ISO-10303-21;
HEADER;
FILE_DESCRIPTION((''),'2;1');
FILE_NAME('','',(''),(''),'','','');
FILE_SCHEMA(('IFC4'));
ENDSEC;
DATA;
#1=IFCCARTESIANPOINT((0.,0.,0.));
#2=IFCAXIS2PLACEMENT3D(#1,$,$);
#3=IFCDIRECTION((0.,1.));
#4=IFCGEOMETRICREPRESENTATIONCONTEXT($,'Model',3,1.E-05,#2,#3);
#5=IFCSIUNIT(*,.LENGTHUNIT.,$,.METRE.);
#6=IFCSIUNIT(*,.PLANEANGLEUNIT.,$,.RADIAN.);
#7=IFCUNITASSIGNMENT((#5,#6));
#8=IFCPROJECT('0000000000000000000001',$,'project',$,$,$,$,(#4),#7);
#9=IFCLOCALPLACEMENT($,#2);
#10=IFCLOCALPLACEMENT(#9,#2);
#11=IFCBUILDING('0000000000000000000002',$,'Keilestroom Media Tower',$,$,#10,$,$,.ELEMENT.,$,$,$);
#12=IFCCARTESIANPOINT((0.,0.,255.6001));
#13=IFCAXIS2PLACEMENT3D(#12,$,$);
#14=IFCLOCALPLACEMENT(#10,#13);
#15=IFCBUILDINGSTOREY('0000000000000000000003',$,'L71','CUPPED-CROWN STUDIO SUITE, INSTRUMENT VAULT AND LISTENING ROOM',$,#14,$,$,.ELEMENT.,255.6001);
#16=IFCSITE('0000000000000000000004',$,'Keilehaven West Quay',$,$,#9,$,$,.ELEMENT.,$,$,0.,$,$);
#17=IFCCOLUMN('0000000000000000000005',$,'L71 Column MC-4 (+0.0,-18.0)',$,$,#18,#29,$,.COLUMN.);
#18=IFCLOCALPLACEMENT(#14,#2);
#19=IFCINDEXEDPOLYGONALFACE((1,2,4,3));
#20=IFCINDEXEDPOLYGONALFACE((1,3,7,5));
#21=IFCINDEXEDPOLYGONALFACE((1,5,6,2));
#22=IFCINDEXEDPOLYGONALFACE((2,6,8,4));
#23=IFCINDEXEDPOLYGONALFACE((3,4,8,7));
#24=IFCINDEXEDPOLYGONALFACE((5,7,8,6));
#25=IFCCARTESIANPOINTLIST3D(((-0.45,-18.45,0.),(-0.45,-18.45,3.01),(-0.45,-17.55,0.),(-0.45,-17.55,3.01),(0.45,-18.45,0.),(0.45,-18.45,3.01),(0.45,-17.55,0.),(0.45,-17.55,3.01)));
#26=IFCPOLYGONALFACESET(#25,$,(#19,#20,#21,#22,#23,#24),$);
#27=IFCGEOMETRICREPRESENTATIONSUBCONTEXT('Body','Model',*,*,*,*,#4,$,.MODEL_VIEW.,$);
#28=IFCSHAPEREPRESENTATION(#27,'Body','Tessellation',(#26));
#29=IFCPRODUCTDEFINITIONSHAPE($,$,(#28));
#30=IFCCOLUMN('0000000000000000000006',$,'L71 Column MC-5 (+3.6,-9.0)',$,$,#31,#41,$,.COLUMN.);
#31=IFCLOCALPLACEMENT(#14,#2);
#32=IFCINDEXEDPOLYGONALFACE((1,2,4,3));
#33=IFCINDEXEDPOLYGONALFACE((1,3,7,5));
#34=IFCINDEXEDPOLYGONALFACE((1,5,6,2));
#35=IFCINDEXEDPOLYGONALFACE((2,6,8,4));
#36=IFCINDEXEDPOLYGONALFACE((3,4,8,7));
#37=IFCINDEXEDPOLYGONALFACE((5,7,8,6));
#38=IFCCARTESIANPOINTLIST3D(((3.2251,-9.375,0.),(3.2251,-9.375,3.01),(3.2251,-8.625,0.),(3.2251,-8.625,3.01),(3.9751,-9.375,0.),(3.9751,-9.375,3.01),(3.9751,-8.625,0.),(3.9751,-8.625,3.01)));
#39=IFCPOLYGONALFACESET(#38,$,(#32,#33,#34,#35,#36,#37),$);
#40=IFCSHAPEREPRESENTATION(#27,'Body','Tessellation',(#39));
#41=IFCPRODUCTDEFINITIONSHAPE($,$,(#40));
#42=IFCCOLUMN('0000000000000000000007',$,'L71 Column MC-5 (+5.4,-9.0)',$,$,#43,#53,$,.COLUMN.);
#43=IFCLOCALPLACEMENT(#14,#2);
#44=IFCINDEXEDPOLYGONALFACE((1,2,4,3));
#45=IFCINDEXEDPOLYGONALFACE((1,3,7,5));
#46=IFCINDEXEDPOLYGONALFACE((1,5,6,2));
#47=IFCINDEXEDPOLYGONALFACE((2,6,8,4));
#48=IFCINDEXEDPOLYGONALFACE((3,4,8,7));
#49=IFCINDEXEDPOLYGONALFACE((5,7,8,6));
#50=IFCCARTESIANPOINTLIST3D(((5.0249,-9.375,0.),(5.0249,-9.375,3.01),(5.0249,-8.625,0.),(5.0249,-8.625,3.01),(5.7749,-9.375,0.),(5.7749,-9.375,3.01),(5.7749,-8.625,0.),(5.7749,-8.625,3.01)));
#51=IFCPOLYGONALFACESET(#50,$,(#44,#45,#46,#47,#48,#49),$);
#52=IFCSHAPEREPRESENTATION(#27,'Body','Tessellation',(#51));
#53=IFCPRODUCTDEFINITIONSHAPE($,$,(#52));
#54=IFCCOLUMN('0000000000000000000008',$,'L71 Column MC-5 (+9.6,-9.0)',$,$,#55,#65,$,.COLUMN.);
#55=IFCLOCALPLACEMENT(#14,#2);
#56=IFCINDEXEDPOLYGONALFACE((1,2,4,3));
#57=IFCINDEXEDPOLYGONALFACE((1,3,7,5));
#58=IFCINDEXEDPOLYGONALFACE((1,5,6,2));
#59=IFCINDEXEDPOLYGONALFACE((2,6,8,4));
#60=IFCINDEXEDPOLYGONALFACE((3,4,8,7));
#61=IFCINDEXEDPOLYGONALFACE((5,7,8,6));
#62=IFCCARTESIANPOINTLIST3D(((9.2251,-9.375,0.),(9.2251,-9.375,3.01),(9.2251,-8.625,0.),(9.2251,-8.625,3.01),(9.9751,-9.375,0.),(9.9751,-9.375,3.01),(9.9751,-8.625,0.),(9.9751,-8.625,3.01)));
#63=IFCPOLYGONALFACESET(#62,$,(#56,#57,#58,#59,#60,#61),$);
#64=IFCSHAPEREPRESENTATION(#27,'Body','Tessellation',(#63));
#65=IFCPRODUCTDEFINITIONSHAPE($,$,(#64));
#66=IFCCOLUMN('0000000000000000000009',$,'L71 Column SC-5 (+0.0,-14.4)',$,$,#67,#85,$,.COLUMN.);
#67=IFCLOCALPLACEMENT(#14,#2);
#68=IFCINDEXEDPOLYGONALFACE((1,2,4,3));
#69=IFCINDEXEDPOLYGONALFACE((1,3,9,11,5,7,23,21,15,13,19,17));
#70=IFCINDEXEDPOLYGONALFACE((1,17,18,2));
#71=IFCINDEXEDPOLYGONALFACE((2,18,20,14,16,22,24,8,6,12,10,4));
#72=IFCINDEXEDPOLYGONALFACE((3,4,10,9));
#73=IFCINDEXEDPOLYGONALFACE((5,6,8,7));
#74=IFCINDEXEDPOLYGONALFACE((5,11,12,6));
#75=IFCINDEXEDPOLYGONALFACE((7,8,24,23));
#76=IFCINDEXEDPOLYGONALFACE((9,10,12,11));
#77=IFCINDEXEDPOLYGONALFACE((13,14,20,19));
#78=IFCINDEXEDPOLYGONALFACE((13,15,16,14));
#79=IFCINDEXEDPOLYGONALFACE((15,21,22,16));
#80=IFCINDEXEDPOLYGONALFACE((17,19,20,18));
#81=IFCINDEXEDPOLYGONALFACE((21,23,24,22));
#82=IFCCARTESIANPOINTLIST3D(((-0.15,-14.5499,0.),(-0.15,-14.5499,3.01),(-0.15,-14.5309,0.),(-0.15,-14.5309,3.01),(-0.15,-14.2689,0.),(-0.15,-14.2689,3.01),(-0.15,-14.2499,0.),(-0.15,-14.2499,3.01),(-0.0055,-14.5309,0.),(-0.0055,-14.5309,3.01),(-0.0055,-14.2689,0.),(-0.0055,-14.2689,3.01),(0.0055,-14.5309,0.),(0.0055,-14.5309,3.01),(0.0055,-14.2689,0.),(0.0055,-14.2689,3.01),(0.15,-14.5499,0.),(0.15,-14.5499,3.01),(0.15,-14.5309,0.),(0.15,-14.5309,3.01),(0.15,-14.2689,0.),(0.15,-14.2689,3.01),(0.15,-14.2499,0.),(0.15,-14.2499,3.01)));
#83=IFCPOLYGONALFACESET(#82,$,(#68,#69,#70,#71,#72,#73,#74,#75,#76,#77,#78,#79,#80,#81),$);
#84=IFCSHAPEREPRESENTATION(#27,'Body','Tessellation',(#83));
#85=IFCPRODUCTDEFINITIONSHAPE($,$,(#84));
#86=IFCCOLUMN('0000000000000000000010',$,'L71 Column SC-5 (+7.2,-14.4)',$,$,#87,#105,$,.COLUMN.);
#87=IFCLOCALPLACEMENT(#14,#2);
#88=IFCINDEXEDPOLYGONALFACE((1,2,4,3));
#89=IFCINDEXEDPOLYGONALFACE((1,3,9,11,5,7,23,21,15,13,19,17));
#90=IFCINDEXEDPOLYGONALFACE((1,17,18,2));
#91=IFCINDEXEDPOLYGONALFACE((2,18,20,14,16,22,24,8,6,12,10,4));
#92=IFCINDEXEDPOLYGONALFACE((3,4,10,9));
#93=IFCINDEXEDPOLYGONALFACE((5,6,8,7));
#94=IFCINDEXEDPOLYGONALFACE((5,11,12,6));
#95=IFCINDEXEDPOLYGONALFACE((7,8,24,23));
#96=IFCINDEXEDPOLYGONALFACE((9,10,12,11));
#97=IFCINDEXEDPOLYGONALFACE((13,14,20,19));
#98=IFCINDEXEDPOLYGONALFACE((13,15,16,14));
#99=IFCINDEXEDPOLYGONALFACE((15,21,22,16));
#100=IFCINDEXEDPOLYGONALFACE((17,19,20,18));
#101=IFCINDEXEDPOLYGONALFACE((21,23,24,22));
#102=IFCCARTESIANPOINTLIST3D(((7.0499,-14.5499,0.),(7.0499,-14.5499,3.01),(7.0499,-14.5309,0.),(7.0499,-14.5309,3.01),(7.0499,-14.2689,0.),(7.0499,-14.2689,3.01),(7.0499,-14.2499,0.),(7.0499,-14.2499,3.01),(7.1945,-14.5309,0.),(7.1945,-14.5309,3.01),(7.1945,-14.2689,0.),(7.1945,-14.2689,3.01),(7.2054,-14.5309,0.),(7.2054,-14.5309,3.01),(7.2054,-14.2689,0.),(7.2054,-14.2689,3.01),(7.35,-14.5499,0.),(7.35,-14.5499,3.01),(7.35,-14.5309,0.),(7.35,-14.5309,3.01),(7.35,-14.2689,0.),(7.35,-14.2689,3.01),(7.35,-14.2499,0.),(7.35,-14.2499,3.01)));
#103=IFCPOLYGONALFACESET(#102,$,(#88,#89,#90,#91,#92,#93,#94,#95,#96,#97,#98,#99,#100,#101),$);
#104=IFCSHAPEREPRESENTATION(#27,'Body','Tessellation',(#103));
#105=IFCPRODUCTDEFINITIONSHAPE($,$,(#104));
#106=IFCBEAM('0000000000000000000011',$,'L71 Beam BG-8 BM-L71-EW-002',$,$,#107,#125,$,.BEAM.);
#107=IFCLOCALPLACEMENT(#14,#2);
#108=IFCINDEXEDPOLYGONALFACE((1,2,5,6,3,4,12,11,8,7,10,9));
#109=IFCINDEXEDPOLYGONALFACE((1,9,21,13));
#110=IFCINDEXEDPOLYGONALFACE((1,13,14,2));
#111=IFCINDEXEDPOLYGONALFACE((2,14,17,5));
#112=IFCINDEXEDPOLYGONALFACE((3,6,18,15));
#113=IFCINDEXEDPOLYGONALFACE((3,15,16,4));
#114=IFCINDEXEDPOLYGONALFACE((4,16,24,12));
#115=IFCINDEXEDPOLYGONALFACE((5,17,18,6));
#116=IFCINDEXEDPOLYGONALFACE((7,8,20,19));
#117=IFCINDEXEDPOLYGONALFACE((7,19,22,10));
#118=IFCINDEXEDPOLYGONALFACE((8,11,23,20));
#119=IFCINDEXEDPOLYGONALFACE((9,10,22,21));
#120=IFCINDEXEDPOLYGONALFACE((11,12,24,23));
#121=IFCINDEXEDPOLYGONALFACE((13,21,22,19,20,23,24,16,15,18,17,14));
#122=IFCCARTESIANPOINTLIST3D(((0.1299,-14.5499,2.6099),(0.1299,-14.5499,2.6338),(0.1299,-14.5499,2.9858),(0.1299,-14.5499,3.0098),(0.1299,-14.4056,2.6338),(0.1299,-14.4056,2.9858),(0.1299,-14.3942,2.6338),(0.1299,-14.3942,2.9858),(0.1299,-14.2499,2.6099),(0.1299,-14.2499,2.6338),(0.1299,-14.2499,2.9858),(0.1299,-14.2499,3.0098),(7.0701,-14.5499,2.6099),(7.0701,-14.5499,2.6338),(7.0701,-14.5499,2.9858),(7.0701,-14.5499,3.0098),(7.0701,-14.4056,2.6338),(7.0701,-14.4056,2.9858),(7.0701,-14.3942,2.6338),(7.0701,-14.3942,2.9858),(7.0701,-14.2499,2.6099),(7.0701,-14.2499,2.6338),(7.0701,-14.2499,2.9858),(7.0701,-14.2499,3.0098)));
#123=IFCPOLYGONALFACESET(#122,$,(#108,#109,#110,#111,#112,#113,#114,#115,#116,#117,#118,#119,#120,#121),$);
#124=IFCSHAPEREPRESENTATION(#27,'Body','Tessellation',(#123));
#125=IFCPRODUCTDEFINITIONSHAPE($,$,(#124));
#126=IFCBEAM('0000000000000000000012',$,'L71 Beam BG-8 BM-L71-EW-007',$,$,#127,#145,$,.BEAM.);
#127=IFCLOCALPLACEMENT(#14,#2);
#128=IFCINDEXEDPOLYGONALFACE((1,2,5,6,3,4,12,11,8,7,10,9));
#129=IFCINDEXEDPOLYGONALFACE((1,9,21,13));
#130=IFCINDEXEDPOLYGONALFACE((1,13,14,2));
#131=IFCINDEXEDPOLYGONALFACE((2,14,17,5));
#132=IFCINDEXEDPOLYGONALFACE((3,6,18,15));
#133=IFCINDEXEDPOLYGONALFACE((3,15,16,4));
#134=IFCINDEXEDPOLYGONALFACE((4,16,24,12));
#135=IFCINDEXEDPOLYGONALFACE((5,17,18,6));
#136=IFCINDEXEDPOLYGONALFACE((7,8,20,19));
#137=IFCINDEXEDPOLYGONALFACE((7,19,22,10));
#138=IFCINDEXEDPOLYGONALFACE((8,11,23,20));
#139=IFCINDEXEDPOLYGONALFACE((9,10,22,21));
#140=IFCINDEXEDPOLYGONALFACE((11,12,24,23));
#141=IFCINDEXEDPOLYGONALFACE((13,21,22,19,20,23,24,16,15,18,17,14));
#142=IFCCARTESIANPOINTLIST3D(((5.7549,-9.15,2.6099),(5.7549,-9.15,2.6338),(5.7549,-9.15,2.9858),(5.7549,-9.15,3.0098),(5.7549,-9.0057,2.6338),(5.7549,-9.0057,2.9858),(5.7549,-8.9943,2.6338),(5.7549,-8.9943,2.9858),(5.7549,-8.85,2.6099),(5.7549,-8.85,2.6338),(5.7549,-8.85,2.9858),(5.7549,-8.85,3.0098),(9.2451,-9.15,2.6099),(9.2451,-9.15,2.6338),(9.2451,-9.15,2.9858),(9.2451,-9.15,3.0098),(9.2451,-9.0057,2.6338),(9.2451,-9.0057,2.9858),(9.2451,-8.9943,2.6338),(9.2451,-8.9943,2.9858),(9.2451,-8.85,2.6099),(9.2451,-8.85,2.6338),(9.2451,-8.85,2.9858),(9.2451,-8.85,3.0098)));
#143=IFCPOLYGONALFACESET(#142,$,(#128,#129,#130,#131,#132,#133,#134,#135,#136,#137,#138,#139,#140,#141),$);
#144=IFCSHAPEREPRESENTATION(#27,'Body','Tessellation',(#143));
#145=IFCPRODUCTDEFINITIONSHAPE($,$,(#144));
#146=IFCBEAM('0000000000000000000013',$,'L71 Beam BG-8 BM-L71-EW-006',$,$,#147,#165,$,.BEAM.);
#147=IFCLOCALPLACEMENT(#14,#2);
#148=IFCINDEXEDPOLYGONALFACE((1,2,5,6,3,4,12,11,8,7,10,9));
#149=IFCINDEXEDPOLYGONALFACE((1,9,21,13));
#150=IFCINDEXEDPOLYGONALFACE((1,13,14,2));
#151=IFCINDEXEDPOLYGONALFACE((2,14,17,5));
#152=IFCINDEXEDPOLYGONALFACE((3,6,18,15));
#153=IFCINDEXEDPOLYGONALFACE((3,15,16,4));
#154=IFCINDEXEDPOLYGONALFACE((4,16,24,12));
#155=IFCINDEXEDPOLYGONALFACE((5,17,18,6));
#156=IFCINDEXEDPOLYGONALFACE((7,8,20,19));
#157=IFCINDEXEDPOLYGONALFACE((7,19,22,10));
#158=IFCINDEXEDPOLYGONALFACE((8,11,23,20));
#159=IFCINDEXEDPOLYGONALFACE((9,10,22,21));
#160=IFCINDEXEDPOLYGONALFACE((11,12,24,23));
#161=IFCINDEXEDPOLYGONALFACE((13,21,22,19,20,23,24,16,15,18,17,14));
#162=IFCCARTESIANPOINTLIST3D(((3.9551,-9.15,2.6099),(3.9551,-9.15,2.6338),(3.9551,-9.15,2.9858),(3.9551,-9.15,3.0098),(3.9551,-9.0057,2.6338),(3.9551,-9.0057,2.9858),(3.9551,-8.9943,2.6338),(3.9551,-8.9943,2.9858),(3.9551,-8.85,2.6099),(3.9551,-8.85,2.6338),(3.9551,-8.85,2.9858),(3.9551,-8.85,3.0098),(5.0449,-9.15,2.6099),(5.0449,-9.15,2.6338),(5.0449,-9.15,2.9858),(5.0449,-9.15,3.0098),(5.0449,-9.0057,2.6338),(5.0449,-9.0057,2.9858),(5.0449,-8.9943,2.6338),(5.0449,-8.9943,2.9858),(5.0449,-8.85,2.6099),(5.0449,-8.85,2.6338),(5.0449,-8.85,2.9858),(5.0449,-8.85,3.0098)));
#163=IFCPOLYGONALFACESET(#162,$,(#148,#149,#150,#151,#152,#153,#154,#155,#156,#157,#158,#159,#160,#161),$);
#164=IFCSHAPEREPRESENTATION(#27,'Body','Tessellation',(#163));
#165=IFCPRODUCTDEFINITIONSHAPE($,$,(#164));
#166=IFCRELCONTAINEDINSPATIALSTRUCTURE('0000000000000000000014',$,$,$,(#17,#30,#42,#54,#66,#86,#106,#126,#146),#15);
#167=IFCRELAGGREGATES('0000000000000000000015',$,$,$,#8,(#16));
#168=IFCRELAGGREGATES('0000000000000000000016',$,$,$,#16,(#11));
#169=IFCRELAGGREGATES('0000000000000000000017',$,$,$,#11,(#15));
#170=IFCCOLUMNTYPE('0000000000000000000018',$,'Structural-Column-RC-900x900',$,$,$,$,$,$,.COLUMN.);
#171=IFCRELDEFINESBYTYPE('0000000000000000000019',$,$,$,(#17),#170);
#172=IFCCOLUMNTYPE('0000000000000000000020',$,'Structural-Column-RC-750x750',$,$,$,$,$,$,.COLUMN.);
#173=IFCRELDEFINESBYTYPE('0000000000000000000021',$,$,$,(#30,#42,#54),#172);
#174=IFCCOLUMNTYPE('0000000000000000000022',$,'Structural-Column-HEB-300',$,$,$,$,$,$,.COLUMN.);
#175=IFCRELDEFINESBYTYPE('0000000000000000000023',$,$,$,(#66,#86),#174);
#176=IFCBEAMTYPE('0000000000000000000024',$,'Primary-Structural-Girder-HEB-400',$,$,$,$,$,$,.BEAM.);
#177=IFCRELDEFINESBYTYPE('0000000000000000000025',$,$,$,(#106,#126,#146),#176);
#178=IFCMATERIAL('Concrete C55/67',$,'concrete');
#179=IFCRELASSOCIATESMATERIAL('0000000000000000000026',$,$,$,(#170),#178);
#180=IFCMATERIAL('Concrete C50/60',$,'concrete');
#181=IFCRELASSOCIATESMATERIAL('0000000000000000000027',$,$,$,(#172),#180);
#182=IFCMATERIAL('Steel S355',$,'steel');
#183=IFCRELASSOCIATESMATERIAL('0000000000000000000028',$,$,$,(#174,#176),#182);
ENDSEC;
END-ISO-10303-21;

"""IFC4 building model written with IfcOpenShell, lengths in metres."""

from ifc_helpers import new_model, si_unit, direction, frame, origin, origin_2d, place, context, subcontext, project, spatial, rectangle, i_section, extrude, source, transform, mapped, material, material_profile, profile_set, type_object, element, save


model = new_model("IFC4")

# Units and contexts
model_context = context("Model", 3, precision=1e-05, world=origin(), true_north=direction((0.0, 1.0)))
body_context = subcontext(model_context, "Body", "Model", "MODEL_VIEW")
ifc_project = project(units=[si_unit("LENGTHUNIT", "METRE"), si_unit("PLANEANGLEUNIT", "RADIAN")], contexts=[model_context])

# Site, building, storey
site_placement = place(None, origin())
site = spatial("IfcSite", under=ifc_project, at=site_placement, Name="Keilehaven West Quay", CompositionType="ELEMENT", RefElevation=0.0)
building_placement = place(site_placement, origin())
building = spatial("IfcBuilding", under=site, at=building_placement, Name="Keilestroom Media Tower", CompositionType="ELEMENT")
storey_placement = place(building_placement, frame((0.0, 0.0, 255.6001)))
storey = spatial("IfcBuildingStorey", under=building, at=storey_placement, Name="L71", Description="CUPPED-CROWN STUDIO SUITE, INSTRUMENT VAULT AND LISTENING ROOM", CompositionType="ELEMENT", Elevation=255.6001)

# Columns
ifc_material_1 = material(Name="Concrete C55/67", Category="concrete")
ifc_material_profile_1 = material_profile(ifc_material_1, rectangle(XDim=0.8999, YDim=0.8999, at=origin_2d()), Name="RC 900x900")
ifc_profile_set_1 = profile_set([ifc_material_profile_1], Name="Concrete C55/67")
column_type_1 = type_object("IfcColumnType", Name="Structural-Column-RC-900x900", PredefinedType="COLUMN", material=ifc_profile_set_1)
shared_shape_1 = source(origin(), body_context, "Body", "SweptSolid", [
    extrude(rectangle(XDim=0.8999, YDim=0.8999, at=origin_2d()), origin(), (0.0, 0.0, 1.0), 3.01),
])
column_placement = place(storey_placement, frame((0.0, -18.0, 0.0), z_axis=(0.0, 0.0, 1.0), x_axis=(1.0, 0.0, 0.0)))
element("IfcColumn", 1, at=column_placement, inside=storey, type_object=column_type_1, Name="L71 Column MC-4 (+0.0,-18.0)", PredefinedType="COLUMN", context=body_context, shape_type="MappedRepresentation", body=[
    mapped(shared_shape_1, transform((0.0, 0.0, 0.0), x_axis=(1.0, 0.0, 0.0), y_axis=(0.0, 1.0, 0.0), z_axis=(0.0, 0.0, 1.0), scale=1.0)),
])
ifc_material_2 = material(Name="Concrete C50/60", Category="concrete")
ifc_material_profile_2 = material_profile(ifc_material_2, rectangle(XDim=0.75, YDim=0.75, at=origin_2d()), Name="RC 750x750")
ifc_profile_set_2 = profile_set([ifc_material_profile_2], Name="Concrete C50/60")
column_type_2 = type_object("IfcColumnType", Name="Structural-Column-RC-750x750", PredefinedType="COLUMN", material=ifc_profile_set_2)
shared_shape_2 = source(origin(), body_context, "Body", "SweptSolid", [
    extrude(rectangle(XDim=0.75, YDim=0.75, at=origin_2d()), origin(), (0.0, 0.0, 1.0), 3.01),
])
for number, where, z_axis, x_axis, name in (
    (2, (3.6001, -9.0, 0.0), (0.0, 0.0, 1.0), (1.0, 0.0, 0.0), "L71 Column MC-5 (+3.6,-9.0)"),
    (3, (5.3999, -9.0, 0.0), (0.0, 0.0, 1.0), (1.0, 0.0, 0.0), "L71 Column MC-5 (+5.4,-9.0)"),
    (4, (9.6001, -9.0, 0.0), (0.0, 0.0, 1.0), (1.0, 0.0, 0.0), "L71 Column MC-5 (+9.6,-9.0)"),
):
    element("IfcColumn", number, at=place(storey_placement, frame(where, z_axis=z_axis, x_axis=x_axis)), inside=storey, type_object=column_type_2, Name=name, PredefinedType="COLUMN", context=body_context, shape_type="MappedRepresentation", body=[
        mapped(shared_shape_2, transform((0.0, 0.0, 0.0), x_axis=(1.0, 0.0, 0.0), y_axis=(0.0, 1.0, 0.0), z_axis=(0.0, 0.0, 1.0), scale=1.0)),
    ])
ifc_material_3 = material(Name="Steel S355", Category="steel")
ifc_material_profile_3 = material_profile(ifc_material_3, i_section(OverallWidth=0.3, OverallDepth=0.3, WebThickness=0.011, FlangeThickness=0.019, at=origin_2d()), Name="HEB 300")
ifc_profile_set_3 = profile_set([ifc_material_profile_3], Name="Steel S355")
column_type_3 = type_object("IfcColumnType", Name="Structural-Column-HEB-300", PredefinedType="COLUMN", material=ifc_profile_set_3)
shared_shape_3 = source(origin(), body_context, "Body", "SweptSolid", [
    extrude(i_section(OverallWidth=0.3, OverallDepth=0.3, WebThickness=0.011, FlangeThickness=0.019, at=origin_2d()), origin(), (0.0, 0.0, 1.0), 3.01),
])
for number, where, z_axis, x_axis, name in (
    (5, (0.0, -14.3999, 0.0), (0.0, 0.0, 1.0), (1.0, 0.0, 0.0), "L71 Column SC-5 (+0.0,-14.4)"),
    (6, (7.2, -14.3999, 0.0), (0.0, 0.0, 1.0), (1.0, 0.0, 0.0), "L71 Column SC-5 (+7.2,-14.4)"),
):
    element("IfcColumn", number, at=place(storey_placement, frame(where, z_axis=z_axis, x_axis=x_axis)), inside=storey, type_object=column_type_3, Name=name, PredefinedType="COLUMN", context=body_context, shape_type="MappedRepresentation", body=[
        mapped(shared_shape_3, transform((0.0, 0.0, 0.0), x_axis=(1.0, 0.0, 0.0), y_axis=(0.0, 1.0, 0.0), z_axis=(0.0, 0.0, 1.0), scale=1.0)),
    ])

# Beams
ifc_material_profile_4 = material_profile(ifc_material_3, i_section(OverallWidth=0.3, OverallDepth=0.3999, WebThickness=0.0115, FlangeThickness=0.0239, at=origin_2d()), Name="HEB 400")
ifc_profile_set_4 = profile_set([ifc_material_profile_4], Name="Steel S355")
beam_type_1 = type_object("IfcBeamType", Name="Primary-Structural-Girder-HEB-400", PredefinedType="BEAM", material=ifc_profile_set_4)
shared_shape_4 = source(origin(), body_context, "Body", "SweptSolid", [
    extrude(i_section(OverallWidth=0.3, OverallDepth=0.3999, WebThickness=0.0115, FlangeThickness=0.0239, at=origin_2d()), origin(), (0.0, 0.0, 1.0), 6.9402),
])
beam_1_placement = place(storey_placement, frame((0.1299, -14.3999, 2.8098), z_axis=(1.0, 0.0, 0.0), x_axis=(0.0, 1.0, 0.0)))
element("IfcBeam", 7, at=beam_1_placement, inside=storey, type_object=beam_type_1, Name="L71 Beam BG-8 BM-L71-EW-002", PredefinedType="BEAM", context=body_context, shape_type="MappedRepresentation", body=[
    mapped(shared_shape_4, transform((0.0, 0.0, 0.0), x_axis=(1.0, 0.0, 0.0), y_axis=(0.0, 1.0, 0.0), z_axis=(0.0, 0.0, 1.0), scale=1.0)),
])
shared_shape_5 = source(origin(), body_context, "Body", "SweptSolid", [
    extrude(i_section(OverallWidth=0.3, OverallDepth=0.3999, WebThickness=0.0115, FlangeThickness=0.0239, at=origin_2d()), origin(), (0.0, 0.0, 1.0), 3.4902),
])
beam_2_placement = place(storey_placement, frame((5.7549, -9.0, 2.8098), z_axis=(1.0, 0.0, 0.0), x_axis=(0.0, 1.0, 0.0)))
element("IfcBeam", 8, at=beam_2_placement, inside=storey, type_object=beam_type_1, Name="L71 Beam BG-8 BM-L71-EW-007", PredefinedType="BEAM", context=body_context, shape_type="MappedRepresentation", body=[
    mapped(shared_shape_5, transform((0.0, 0.0, 0.0), x_axis=(1.0, 0.0, 0.0), y_axis=(0.0, 1.0, 0.0), z_axis=(0.0, 0.0, 1.0), scale=1.0)),
])
shared_shape_6 = source(origin(), body_context, "Body", "SweptSolid", [
    extrude(i_section(OverallWidth=0.3, OverallDepth=0.3999, WebThickness=0.0115, FlangeThickness=0.0239, at=origin_2d()), origin(), (0.0, 0.0, 1.0), 1.0898),
])
beam_3_placement = place(storey_placement, frame((3.9551, -9.0, 2.8098), z_axis=(1.0, 0.0, 0.0), x_axis=(0.0, 1.0, 0.0)))
element("IfcBeam", 9, at=beam_3_placement, inside=storey, type_object=beam_type_1, Name="L71 Beam BG-8 BM-L71-EW-006", PredefinedType="BEAM", context=body_context, shape_type="MappedRepresentation", body=[
    mapped(shared_shape_6, transform((0.0, 0.0, 0.0), x_axis=(1.0, 0.0, 0.0), y_axis=(0.0, 1.0, 0.0), z_axis=(0.0, 0.0, 1.0), scale=1.0)),
])

save(model, "model.ifc")
